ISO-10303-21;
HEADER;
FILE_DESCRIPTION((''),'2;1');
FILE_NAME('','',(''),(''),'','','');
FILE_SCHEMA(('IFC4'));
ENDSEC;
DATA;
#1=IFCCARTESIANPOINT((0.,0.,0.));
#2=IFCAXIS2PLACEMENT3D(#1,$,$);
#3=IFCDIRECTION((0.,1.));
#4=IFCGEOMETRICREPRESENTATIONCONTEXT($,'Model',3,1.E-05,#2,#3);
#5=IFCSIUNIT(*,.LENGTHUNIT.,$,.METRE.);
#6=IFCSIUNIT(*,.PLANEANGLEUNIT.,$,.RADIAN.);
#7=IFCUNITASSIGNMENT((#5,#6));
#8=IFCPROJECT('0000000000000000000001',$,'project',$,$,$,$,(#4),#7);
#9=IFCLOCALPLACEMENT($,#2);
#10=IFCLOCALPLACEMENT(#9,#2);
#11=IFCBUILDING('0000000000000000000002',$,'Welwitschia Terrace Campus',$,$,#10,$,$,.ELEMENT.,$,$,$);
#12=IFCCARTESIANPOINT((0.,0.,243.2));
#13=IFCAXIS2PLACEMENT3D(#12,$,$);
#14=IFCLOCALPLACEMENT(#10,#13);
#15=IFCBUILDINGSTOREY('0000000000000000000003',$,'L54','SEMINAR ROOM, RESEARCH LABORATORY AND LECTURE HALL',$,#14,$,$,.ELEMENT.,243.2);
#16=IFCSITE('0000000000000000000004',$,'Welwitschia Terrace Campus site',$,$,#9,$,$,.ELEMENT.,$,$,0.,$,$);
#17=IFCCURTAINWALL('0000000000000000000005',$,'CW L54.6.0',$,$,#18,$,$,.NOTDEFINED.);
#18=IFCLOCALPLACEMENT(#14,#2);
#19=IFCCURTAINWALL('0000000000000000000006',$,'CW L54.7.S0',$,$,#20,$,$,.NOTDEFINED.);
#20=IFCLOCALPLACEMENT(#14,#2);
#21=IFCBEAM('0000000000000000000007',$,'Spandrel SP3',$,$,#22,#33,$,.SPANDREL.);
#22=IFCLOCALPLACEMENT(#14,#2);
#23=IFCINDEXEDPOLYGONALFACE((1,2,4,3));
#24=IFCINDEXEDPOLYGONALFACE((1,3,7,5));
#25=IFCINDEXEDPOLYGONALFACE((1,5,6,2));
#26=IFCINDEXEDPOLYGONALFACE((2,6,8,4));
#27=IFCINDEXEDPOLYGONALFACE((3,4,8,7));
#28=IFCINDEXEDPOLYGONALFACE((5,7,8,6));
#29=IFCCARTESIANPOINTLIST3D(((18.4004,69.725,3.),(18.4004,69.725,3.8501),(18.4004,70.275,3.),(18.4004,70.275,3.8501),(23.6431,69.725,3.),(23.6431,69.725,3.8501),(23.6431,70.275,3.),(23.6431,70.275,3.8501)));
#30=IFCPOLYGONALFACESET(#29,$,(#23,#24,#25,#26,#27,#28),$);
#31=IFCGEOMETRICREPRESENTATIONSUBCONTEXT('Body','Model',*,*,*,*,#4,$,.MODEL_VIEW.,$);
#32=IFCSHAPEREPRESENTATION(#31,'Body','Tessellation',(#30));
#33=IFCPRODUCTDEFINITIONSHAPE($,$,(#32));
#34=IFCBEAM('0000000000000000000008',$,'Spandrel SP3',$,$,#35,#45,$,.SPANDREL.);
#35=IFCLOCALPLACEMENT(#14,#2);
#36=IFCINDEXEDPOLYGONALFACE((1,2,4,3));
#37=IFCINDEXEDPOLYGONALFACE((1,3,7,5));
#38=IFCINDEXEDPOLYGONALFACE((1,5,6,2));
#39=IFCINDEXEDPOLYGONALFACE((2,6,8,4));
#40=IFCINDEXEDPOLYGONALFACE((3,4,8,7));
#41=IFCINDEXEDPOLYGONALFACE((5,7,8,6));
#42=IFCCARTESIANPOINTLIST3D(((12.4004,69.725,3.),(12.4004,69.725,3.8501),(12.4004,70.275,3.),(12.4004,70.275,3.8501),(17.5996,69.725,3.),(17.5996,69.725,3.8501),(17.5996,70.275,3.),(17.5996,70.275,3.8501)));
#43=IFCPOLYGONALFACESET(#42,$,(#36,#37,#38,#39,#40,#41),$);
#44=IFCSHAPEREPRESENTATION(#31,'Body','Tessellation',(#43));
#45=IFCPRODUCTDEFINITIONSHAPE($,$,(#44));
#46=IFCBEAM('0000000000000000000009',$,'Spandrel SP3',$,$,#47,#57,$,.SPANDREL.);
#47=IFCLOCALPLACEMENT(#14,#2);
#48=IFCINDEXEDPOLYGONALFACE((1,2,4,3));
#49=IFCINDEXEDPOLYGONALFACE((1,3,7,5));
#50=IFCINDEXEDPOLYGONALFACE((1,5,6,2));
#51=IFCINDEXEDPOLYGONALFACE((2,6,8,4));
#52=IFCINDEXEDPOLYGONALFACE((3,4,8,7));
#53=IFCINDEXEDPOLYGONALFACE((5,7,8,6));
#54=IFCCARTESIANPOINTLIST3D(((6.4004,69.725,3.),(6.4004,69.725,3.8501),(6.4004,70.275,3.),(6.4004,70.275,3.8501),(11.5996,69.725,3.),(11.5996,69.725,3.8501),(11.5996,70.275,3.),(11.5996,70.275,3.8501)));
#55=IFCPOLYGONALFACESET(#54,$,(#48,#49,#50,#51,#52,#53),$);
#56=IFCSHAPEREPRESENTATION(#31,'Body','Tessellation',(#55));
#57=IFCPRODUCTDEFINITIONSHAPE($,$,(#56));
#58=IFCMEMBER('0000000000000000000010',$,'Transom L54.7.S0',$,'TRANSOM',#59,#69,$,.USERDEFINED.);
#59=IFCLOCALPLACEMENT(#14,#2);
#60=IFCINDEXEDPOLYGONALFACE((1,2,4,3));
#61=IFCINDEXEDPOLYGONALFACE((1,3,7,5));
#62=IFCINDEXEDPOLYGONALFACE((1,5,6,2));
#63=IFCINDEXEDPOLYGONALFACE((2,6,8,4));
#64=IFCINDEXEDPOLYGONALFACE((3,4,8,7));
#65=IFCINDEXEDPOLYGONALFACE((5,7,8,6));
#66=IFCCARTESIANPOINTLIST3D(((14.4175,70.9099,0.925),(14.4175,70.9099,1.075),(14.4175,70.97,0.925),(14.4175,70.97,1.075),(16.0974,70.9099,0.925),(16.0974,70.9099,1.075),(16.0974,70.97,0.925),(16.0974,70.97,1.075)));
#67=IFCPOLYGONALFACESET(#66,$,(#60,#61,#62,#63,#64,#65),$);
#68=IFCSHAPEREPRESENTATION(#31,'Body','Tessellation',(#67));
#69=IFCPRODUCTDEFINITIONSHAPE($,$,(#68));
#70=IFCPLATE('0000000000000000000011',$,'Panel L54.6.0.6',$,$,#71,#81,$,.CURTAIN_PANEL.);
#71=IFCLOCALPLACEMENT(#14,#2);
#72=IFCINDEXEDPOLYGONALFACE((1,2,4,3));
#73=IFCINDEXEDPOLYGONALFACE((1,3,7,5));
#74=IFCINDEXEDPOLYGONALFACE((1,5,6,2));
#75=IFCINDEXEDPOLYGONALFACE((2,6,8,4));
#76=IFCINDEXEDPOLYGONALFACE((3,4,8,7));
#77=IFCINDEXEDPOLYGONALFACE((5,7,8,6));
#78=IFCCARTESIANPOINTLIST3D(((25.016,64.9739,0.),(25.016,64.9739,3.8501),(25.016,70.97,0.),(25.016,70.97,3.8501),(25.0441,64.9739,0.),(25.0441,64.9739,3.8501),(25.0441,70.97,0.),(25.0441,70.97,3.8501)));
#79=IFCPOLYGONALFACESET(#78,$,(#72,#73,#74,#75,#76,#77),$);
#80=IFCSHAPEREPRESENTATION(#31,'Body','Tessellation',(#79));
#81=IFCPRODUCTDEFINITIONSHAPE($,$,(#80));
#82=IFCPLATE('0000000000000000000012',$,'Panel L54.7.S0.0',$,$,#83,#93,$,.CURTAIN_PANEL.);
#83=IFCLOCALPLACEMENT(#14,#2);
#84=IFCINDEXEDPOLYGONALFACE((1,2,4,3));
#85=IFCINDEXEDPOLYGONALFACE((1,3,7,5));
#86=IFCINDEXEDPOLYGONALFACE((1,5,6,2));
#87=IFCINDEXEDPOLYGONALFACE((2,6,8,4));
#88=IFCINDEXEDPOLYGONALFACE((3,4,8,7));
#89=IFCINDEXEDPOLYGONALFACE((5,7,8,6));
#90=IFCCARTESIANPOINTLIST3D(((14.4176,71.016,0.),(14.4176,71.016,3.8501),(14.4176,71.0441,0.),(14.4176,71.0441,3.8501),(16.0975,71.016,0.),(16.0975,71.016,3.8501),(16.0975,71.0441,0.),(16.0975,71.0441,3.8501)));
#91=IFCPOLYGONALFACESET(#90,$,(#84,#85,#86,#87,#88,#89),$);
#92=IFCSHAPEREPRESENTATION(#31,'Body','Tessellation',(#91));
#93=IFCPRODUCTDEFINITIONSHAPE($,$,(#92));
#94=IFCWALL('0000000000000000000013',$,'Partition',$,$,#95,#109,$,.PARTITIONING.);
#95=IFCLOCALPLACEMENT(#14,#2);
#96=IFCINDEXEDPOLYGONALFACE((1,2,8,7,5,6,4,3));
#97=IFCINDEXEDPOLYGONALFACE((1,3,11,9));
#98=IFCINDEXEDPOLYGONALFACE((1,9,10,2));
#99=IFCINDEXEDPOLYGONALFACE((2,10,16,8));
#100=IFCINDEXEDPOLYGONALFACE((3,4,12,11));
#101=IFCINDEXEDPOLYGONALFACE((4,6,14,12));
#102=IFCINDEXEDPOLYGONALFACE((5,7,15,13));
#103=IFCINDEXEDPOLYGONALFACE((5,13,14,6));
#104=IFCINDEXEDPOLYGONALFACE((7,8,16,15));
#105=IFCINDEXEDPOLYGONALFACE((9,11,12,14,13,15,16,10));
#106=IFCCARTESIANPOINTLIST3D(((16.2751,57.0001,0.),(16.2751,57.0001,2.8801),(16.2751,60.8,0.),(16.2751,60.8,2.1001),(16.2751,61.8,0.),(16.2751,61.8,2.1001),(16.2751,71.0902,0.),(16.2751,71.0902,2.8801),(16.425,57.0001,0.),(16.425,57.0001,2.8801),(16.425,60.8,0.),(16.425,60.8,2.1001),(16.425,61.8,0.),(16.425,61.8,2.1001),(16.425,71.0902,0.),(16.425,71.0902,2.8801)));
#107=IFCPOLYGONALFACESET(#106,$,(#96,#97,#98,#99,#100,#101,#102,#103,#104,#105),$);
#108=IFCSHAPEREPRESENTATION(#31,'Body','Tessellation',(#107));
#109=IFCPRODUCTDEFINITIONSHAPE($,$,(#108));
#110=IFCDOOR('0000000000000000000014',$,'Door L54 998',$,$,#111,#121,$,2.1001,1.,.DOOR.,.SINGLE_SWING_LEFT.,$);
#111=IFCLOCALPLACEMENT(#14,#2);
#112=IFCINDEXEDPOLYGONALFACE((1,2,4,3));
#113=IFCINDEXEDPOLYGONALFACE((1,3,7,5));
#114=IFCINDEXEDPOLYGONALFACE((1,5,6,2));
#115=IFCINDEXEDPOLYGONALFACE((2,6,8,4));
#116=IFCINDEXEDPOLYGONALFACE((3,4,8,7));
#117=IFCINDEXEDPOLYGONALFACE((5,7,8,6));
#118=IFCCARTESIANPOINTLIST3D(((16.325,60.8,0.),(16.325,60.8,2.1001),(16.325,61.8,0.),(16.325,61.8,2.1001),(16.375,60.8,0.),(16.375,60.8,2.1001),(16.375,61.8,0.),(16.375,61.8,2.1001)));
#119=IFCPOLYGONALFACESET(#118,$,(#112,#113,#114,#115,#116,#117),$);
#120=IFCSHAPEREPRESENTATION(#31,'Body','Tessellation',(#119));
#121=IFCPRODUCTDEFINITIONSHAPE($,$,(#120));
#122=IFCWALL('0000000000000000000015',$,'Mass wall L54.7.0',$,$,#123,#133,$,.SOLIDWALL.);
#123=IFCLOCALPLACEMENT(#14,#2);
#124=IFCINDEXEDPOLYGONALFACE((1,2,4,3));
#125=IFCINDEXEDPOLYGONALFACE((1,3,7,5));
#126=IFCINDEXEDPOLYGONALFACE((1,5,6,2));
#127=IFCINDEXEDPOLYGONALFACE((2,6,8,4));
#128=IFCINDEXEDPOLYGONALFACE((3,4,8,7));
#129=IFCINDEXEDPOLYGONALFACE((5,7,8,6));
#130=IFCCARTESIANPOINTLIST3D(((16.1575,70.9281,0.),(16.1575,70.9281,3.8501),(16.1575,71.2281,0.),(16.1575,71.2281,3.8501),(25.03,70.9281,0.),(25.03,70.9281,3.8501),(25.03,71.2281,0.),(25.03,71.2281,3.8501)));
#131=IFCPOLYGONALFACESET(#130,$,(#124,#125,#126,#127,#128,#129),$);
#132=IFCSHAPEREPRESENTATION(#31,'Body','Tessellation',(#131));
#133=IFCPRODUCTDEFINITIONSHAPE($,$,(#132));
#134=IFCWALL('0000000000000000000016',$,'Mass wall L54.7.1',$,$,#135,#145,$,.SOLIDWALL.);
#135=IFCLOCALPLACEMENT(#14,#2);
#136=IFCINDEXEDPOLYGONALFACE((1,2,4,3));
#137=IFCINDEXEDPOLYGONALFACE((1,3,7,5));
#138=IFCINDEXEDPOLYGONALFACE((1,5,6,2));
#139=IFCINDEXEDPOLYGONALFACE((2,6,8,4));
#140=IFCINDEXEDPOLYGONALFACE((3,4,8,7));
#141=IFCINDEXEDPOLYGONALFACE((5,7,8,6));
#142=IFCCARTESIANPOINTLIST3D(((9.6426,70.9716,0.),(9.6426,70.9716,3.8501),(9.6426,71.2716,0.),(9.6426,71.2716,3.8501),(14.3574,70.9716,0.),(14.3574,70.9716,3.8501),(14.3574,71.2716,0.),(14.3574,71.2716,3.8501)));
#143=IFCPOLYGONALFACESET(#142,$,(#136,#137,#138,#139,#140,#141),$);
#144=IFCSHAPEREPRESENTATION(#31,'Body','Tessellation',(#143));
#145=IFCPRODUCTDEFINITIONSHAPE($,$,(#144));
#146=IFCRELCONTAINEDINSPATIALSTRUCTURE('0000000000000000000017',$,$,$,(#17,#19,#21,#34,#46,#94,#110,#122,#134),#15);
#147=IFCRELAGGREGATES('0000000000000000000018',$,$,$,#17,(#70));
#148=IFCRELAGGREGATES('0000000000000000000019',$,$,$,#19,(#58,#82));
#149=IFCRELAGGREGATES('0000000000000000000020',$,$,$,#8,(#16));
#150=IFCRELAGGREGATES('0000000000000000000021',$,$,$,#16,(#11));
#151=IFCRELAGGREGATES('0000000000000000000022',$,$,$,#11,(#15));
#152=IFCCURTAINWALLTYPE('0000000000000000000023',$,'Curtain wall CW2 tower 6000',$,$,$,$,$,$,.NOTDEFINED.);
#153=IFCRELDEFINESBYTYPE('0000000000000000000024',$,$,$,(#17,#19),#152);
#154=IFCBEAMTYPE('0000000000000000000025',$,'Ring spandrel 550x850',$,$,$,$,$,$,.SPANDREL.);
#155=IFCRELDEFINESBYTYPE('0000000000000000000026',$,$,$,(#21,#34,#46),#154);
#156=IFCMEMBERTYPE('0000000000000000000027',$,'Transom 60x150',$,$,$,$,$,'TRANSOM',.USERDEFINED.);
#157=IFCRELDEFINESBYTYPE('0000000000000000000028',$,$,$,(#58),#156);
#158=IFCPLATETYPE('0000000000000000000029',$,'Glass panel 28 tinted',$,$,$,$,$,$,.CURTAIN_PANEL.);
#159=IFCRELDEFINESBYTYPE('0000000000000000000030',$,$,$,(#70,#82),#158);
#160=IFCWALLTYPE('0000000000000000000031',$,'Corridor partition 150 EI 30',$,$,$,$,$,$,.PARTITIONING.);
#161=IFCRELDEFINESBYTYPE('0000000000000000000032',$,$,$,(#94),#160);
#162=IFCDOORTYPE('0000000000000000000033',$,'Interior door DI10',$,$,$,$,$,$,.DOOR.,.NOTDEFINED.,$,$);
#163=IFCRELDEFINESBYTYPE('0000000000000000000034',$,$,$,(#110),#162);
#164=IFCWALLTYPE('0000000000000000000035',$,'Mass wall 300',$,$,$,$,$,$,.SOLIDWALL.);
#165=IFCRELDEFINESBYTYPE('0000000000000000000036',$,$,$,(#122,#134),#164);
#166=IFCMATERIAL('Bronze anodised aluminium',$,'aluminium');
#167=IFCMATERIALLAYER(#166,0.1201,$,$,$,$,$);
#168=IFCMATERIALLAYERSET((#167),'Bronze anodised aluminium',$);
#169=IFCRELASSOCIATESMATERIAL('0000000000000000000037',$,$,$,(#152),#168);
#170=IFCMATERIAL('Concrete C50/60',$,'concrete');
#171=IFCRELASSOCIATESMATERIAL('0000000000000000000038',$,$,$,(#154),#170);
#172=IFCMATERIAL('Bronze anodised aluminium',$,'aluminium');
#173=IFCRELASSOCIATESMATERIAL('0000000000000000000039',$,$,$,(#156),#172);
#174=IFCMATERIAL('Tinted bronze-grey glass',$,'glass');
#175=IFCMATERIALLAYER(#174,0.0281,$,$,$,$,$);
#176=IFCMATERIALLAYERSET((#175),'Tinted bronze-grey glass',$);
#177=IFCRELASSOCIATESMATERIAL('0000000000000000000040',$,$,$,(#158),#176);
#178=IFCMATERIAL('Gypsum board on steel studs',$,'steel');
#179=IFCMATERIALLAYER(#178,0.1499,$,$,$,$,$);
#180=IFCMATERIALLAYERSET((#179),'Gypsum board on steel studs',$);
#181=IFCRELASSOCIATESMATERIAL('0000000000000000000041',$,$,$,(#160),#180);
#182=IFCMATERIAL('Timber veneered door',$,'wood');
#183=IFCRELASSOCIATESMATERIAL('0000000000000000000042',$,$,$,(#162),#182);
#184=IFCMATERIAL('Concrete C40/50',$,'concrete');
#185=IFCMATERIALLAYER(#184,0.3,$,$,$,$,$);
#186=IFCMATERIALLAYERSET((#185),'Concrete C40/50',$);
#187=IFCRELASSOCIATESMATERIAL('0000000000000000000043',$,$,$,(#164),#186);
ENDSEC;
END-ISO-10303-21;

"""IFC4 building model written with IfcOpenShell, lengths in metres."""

from ifc_helpers import new_model, si_unit, direction, frame, frame_2d, origin, origin_2d, place, context, subcontext, project, spatial, rectangle, extrude, material, layer, layer_set, material_profile, profile_set, type_object, element, fill, aggregate, save


model = new_model("IFC4")

# Units and contexts
model_context = context("Model", 3, precision=1e-05, world=origin(), true_north=direction((0.0, 1.0)))
body_context = subcontext(model_context, "Body", "Model", "MODEL_VIEW")
ifc_project = project(units=[si_unit("LENGTHUNIT", "METRE"), si_unit("PLANEANGLEUNIT", "RADIAN")], contexts=[model_context])

# Site, building, storey
site_placement = place(None, origin())
site = spatial("IfcSite", under=ifc_project, at=site_placement, Name="Welwitschia Terrace Campus site", CompositionType="ELEMENT", RefElevation=0.0)
building_placement = place(site_placement, origin())
building = spatial("IfcBuilding", under=site, at=building_placement, Name="Welwitschia Terrace Campus", CompositionType="ELEMENT")
storey_placement = place(building_placement, frame((0.0, 0.0, 243.2)))
storey = spatial("IfcBuildingStorey", under=building, at=storey_placement, Name="L54", Description="SEMINAR ROOM, RESEARCH LABORATORY AND LECTURE HALL", CompositionType="ELEMENT", Elevation=243.2)

# Curtain walls
ifc_material_1 = material(Name="Bronze anodised aluminium", Category="aluminium")
ifc_layer_1 = layer(ifc_material_1, 0.1201)
ifc_layer_set_1 = layer_set([ifc_layer_1], Name="Bronze anodised aluminium")
curtain_wall_type = type_object("IfcCurtainWallType", Name="Curtain wall CW2 tower 6000", PredefinedType="NOTDEFINED", material=ifc_layer_set_1)
curtain_wall_1_placement = place(storey_placement, origin())
curtain_wall_1 = element("IfcCurtainWall", 1, at=curtain_wall_1_placement, inside=storey, type_object=curtain_wall_type, Name="CW L54.6.0", PredefinedType="NOTDEFINED")
curtain_wall_2_placement = place(storey_placement, origin())
curtain_wall_2 = element("IfcCurtainWall", 2, at=curtain_wall_2_placement, inside=storey, type_object=curtain_wall_type, Name="CW L54.7.S0", PredefinedType="NOTDEFINED")

# Beams
ifc_material_2 = material(Name="Concrete C50/60", Category="concrete")
ifc_material_profile_1 = material_profile(ifc_material_2, rectangle(XDim=0.55, YDim=0.8501, at=origin_2d()))
ifc_profile_set_1 = profile_set([ifc_material_profile_1], Name="Concrete C50/60")
beam_type_1 = type_object("IfcBeamType", Name="Ring spandrel 550x850", PredefinedType="SPANDREL", material=ifc_profile_set_1)
for number, where, z_axis, x_axis, name in (
    (3, (23.6431, 70.0, 3.425), (-1.0, 0.0, 0.0), (0.0, -1.0, 0.0), "Spandrel SP3"),
):
    element("IfcBeam", number, at=place(storey_placement, frame(where, z_axis=z_axis, x_axis=x_axis)), inside=storey, type_object=beam_type_1, Name=name, PredefinedType="SPANDREL", context=body_context, shape_type="SweptSolid", body=[
        extrude(rectangle(XDim=0.55, YDim=0.8501, at=origin_2d()), origin(), (0.0, 0.0, 1.0), 5.2427),
    ])
for number, where, z_axis, x_axis, name in (
    (4, (17.5996, 70.0, 3.425), (-1.0, 0.0, 0.0), (0.0, -1.0, 0.0), "Spandrel SP3"),
    (5, (11.5996, 70.0, 3.425), (-1.0, 0.0, 0.0), (0.0, -1.0, 0.0), "Spandrel SP3"),
):
    element("IfcBeam", number, at=place(storey_placement, frame(where, z_axis=z_axis, x_axis=x_axis)), inside=storey, type_object=beam_type_1, Name=name, PredefinedType="SPANDREL", context=body_context, shape_type="SweptSolid", body=[
        extrude(rectangle(XDim=0.55, YDim=0.8501, at=origin_2d()), origin(), (0.0, 0.0, 1.0), 5.1992),
    ])

# Member
ifc_material_3 = material(Name="Bronze anodised aluminium", Category="aluminium")
ifc_material_profile_2 = material_profile(ifc_material_3, rectangle(XDim=0.0601, YDim=0.1499, at=origin_2d()))
ifc_profile_set_2 = profile_set([ifc_material_profile_2], Name="Bronze anodised aluminium")
member_type_1 = type_object("IfcMemberType", Name="Transom 60x150", ElementType="TRANSOM", PredefinedType="USERDEFINED", material=ifc_profile_set_2)
member_1_placement = place(storey_placement, frame((16.0974, 70.9399, 1.0), z_axis=(-1.0, 0.0, 0.0), x_axis=(0.0, -1.0, 0.0)))
member_1 = element("IfcMember", 6, at=member_1_placement, type_object=member_type_1, Name="Transom L54.7.S0", ObjectType="TRANSOM", PredefinedType="USERDEFINED", context=body_context, shape_type="SweptSolid", body=[
    extrude(rectangle(XDim=0.0601, YDim=0.1499, at=origin_2d()), origin(), (0.0, 0.0, 1.0), 1.6799),
])

# Plates
ifc_material_4 = material(Name="Tinted bronze-grey glass", Category="glass")
ifc_layer_2 = layer(ifc_material_4, 0.0281)
ifc_layer_set_2 = layer_set([ifc_layer_2], Name="Tinted bronze-grey glass")
plate_type = type_object("IfcPlateType", Name="Glass panel 28 tinted", PredefinedType="CURTAIN_PANEL", material=ifc_layer_set_2)
plate_1_placement = place(storey_placement, frame((25.03, 67.9719, 0.0), z_axis=(0.0, 0.0, 1.0), x_axis=(0.0, 1.0, 0.0)))
plate_1 = element("IfcPlate", 7, at=plate_1_placement, type_object=plate_type, Name="Panel L54.6.0.6", PredefinedType="CURTAIN_PANEL", context=body_context, shape_type="SweptSolid", body=[
    extrude(rectangle(XDim=5.9961, YDim=0.0281, at=origin_2d()), origin(), (0.0, 0.0, 1.0), 3.8501),
])
aggregate(curtain_wall_1, [plate_1])
plate_2_placement = place(storey_placement, frame((15.2576, 71.03, 0.0), z_axis=(0.0, 0.0, 1.0), x_axis=(-1.0, 0.0, 0.0)))
plate_2 = element("IfcPlate", 8, at=plate_2_placement, type_object=plate_type, Name="Panel L54.7.S0.0", PredefinedType="CURTAIN_PANEL", context=body_context, shape_type="SweptSolid", body=[
    extrude(rectangle(XDim=1.6799, YDim=0.0281, at=origin_2d()), origin(), (0.0, 0.0, 1.0), 3.8501),
])
aggregate(curtain_wall_2, [member_1, plate_2])

# Wall, opening, door
ifc_material_5 = material(Name="Gypsum board on steel studs", Category="steel")
ifc_layer_3 = layer(ifc_material_5, 0.1499)
ifc_layer_set_3 = layer_set([ifc_layer_3], Name="Gypsum board on steel studs")
wall_type_1 = type_object("IfcWallType", Name="Corridor partition 150 EI 30", PredefinedType="PARTITIONING", material=ifc_layer_set_3)
wall_1_placement = place(storey_placement, frame((16.3501, 71.0901, 0.0), z_axis=(0.0, 0.0, 1.0), x_axis=(0.0, -1.0, 0.0)))
wall_1 = element("IfcWall", 9, at=wall_1_placement, inside=storey, type_object=wall_type_1, Name="Partition", PredefinedType="PARTITIONING", context=body_context, shape_type="SweptSolid", body=[
    extrude(rectangle(XDim=14.0901, YDim=0.1499, at=frame_2d((7.0449, 0.0))), origin(), (0.0, 0.0, 1.0), 2.8801),
])
opening_placement = place(wall_1_placement, frame((9.29, 0.0, 0.0)))
opening = element("IfcOpeningElement", 10, at=opening_placement, cuts=wall_1, PredefinedType="OPENING", context=body_context, shape_type="SweptSolid", body=[
    extrude(rectangle(XDim=1.0, YDim=2.1001, at=frame_2d((0.5, 1.05))), frame((0.0, 0.085, 0.0), z_axis=(0.0, -1.0, 0.0), x_axis=(1.0, 0.0, 0.0)), (0.0, 0.0, 1.0), 0.1699),
])
ifc_material_6 = material(Name="Timber veneered door", Category="wood")
door_type = type_object("IfcDoorType", Name="Interior door DI10", OperationType="NOTDEFINED", PredefinedType="DOOR", material=ifc_material_6)
door_placement = place(opening_placement, origin())
door = element("IfcDoor", 11, at=door_placement, inside=storey, type_object=door_type, Name="Door L54 998", OperationType="SINGLE_SWING_LEFT", OverallHeight=2.1001, OverallWidth=1.0, PredefinedType="DOOR", context=body_context, shape_type="SweptSolid", body=[
    extrude(rectangle(XDim=1.0, YDim=2.1001, at=frame_2d((0.5, 1.05))), frame((0.0, 0.0249, 0.0), z_axis=(0.0, -1.0, 0.0), x_axis=(1.0, 0.0, 0.0)), (0.0, 0.0, 1.0), 0.05),
])
fill(opening, door)

# Walls
ifc_material_7 = material(Name="Concrete C40/50", Category="concrete")
ifc_layer_4 = layer(ifc_material_7, 0.3)
ifc_layer_set_4 = layer_set([ifc_layer_4], Name="Concrete C40/50")
wall_type_2 = type_object("IfcWallType", Name="Mass wall 300", PredefinedType="SOLIDWALL", material=ifc_layer_set_4)
wall_2_placement = place(storey_placement, frame((25.03, 71.0781, 0.0), z_axis=(0.0, 0.0, 1.0), x_axis=(-1.0, 0.0, 0.0)))
element("IfcWall", 12, at=wall_2_placement, inside=storey, type_object=wall_type_2, Name="Mass wall L54.7.0", PredefinedType="SOLIDWALL", context=body_context, shape_type="SweptSolid", body=[
    extrude(rectangle(XDim=8.8726, YDim=0.3, at=frame_2d((4.4363, 0.0))), origin(), (0.0, 0.0, 1.0), 3.8501),
])
wall_3_placement = place(storey_placement, frame((14.3574, 71.1216, 0.0), z_axis=(0.0, 0.0, 1.0), x_axis=(-1.0, 0.0, 0.0)))
element("IfcWall", 13, at=wall_3_placement, inside=storey, type_object=wall_type_2, Name="Mass wall L54.7.1", PredefinedType="SOLIDWALL", context=body_context, shape_type="SweptSolid", body=[
    extrude(rectangle(XDim=4.7148, YDim=0.3, at=frame_2d((2.3574, 0.0))), origin(), (0.0, 0.0, 1.0), 3.8501),
])

save(model, "model.ifc")
